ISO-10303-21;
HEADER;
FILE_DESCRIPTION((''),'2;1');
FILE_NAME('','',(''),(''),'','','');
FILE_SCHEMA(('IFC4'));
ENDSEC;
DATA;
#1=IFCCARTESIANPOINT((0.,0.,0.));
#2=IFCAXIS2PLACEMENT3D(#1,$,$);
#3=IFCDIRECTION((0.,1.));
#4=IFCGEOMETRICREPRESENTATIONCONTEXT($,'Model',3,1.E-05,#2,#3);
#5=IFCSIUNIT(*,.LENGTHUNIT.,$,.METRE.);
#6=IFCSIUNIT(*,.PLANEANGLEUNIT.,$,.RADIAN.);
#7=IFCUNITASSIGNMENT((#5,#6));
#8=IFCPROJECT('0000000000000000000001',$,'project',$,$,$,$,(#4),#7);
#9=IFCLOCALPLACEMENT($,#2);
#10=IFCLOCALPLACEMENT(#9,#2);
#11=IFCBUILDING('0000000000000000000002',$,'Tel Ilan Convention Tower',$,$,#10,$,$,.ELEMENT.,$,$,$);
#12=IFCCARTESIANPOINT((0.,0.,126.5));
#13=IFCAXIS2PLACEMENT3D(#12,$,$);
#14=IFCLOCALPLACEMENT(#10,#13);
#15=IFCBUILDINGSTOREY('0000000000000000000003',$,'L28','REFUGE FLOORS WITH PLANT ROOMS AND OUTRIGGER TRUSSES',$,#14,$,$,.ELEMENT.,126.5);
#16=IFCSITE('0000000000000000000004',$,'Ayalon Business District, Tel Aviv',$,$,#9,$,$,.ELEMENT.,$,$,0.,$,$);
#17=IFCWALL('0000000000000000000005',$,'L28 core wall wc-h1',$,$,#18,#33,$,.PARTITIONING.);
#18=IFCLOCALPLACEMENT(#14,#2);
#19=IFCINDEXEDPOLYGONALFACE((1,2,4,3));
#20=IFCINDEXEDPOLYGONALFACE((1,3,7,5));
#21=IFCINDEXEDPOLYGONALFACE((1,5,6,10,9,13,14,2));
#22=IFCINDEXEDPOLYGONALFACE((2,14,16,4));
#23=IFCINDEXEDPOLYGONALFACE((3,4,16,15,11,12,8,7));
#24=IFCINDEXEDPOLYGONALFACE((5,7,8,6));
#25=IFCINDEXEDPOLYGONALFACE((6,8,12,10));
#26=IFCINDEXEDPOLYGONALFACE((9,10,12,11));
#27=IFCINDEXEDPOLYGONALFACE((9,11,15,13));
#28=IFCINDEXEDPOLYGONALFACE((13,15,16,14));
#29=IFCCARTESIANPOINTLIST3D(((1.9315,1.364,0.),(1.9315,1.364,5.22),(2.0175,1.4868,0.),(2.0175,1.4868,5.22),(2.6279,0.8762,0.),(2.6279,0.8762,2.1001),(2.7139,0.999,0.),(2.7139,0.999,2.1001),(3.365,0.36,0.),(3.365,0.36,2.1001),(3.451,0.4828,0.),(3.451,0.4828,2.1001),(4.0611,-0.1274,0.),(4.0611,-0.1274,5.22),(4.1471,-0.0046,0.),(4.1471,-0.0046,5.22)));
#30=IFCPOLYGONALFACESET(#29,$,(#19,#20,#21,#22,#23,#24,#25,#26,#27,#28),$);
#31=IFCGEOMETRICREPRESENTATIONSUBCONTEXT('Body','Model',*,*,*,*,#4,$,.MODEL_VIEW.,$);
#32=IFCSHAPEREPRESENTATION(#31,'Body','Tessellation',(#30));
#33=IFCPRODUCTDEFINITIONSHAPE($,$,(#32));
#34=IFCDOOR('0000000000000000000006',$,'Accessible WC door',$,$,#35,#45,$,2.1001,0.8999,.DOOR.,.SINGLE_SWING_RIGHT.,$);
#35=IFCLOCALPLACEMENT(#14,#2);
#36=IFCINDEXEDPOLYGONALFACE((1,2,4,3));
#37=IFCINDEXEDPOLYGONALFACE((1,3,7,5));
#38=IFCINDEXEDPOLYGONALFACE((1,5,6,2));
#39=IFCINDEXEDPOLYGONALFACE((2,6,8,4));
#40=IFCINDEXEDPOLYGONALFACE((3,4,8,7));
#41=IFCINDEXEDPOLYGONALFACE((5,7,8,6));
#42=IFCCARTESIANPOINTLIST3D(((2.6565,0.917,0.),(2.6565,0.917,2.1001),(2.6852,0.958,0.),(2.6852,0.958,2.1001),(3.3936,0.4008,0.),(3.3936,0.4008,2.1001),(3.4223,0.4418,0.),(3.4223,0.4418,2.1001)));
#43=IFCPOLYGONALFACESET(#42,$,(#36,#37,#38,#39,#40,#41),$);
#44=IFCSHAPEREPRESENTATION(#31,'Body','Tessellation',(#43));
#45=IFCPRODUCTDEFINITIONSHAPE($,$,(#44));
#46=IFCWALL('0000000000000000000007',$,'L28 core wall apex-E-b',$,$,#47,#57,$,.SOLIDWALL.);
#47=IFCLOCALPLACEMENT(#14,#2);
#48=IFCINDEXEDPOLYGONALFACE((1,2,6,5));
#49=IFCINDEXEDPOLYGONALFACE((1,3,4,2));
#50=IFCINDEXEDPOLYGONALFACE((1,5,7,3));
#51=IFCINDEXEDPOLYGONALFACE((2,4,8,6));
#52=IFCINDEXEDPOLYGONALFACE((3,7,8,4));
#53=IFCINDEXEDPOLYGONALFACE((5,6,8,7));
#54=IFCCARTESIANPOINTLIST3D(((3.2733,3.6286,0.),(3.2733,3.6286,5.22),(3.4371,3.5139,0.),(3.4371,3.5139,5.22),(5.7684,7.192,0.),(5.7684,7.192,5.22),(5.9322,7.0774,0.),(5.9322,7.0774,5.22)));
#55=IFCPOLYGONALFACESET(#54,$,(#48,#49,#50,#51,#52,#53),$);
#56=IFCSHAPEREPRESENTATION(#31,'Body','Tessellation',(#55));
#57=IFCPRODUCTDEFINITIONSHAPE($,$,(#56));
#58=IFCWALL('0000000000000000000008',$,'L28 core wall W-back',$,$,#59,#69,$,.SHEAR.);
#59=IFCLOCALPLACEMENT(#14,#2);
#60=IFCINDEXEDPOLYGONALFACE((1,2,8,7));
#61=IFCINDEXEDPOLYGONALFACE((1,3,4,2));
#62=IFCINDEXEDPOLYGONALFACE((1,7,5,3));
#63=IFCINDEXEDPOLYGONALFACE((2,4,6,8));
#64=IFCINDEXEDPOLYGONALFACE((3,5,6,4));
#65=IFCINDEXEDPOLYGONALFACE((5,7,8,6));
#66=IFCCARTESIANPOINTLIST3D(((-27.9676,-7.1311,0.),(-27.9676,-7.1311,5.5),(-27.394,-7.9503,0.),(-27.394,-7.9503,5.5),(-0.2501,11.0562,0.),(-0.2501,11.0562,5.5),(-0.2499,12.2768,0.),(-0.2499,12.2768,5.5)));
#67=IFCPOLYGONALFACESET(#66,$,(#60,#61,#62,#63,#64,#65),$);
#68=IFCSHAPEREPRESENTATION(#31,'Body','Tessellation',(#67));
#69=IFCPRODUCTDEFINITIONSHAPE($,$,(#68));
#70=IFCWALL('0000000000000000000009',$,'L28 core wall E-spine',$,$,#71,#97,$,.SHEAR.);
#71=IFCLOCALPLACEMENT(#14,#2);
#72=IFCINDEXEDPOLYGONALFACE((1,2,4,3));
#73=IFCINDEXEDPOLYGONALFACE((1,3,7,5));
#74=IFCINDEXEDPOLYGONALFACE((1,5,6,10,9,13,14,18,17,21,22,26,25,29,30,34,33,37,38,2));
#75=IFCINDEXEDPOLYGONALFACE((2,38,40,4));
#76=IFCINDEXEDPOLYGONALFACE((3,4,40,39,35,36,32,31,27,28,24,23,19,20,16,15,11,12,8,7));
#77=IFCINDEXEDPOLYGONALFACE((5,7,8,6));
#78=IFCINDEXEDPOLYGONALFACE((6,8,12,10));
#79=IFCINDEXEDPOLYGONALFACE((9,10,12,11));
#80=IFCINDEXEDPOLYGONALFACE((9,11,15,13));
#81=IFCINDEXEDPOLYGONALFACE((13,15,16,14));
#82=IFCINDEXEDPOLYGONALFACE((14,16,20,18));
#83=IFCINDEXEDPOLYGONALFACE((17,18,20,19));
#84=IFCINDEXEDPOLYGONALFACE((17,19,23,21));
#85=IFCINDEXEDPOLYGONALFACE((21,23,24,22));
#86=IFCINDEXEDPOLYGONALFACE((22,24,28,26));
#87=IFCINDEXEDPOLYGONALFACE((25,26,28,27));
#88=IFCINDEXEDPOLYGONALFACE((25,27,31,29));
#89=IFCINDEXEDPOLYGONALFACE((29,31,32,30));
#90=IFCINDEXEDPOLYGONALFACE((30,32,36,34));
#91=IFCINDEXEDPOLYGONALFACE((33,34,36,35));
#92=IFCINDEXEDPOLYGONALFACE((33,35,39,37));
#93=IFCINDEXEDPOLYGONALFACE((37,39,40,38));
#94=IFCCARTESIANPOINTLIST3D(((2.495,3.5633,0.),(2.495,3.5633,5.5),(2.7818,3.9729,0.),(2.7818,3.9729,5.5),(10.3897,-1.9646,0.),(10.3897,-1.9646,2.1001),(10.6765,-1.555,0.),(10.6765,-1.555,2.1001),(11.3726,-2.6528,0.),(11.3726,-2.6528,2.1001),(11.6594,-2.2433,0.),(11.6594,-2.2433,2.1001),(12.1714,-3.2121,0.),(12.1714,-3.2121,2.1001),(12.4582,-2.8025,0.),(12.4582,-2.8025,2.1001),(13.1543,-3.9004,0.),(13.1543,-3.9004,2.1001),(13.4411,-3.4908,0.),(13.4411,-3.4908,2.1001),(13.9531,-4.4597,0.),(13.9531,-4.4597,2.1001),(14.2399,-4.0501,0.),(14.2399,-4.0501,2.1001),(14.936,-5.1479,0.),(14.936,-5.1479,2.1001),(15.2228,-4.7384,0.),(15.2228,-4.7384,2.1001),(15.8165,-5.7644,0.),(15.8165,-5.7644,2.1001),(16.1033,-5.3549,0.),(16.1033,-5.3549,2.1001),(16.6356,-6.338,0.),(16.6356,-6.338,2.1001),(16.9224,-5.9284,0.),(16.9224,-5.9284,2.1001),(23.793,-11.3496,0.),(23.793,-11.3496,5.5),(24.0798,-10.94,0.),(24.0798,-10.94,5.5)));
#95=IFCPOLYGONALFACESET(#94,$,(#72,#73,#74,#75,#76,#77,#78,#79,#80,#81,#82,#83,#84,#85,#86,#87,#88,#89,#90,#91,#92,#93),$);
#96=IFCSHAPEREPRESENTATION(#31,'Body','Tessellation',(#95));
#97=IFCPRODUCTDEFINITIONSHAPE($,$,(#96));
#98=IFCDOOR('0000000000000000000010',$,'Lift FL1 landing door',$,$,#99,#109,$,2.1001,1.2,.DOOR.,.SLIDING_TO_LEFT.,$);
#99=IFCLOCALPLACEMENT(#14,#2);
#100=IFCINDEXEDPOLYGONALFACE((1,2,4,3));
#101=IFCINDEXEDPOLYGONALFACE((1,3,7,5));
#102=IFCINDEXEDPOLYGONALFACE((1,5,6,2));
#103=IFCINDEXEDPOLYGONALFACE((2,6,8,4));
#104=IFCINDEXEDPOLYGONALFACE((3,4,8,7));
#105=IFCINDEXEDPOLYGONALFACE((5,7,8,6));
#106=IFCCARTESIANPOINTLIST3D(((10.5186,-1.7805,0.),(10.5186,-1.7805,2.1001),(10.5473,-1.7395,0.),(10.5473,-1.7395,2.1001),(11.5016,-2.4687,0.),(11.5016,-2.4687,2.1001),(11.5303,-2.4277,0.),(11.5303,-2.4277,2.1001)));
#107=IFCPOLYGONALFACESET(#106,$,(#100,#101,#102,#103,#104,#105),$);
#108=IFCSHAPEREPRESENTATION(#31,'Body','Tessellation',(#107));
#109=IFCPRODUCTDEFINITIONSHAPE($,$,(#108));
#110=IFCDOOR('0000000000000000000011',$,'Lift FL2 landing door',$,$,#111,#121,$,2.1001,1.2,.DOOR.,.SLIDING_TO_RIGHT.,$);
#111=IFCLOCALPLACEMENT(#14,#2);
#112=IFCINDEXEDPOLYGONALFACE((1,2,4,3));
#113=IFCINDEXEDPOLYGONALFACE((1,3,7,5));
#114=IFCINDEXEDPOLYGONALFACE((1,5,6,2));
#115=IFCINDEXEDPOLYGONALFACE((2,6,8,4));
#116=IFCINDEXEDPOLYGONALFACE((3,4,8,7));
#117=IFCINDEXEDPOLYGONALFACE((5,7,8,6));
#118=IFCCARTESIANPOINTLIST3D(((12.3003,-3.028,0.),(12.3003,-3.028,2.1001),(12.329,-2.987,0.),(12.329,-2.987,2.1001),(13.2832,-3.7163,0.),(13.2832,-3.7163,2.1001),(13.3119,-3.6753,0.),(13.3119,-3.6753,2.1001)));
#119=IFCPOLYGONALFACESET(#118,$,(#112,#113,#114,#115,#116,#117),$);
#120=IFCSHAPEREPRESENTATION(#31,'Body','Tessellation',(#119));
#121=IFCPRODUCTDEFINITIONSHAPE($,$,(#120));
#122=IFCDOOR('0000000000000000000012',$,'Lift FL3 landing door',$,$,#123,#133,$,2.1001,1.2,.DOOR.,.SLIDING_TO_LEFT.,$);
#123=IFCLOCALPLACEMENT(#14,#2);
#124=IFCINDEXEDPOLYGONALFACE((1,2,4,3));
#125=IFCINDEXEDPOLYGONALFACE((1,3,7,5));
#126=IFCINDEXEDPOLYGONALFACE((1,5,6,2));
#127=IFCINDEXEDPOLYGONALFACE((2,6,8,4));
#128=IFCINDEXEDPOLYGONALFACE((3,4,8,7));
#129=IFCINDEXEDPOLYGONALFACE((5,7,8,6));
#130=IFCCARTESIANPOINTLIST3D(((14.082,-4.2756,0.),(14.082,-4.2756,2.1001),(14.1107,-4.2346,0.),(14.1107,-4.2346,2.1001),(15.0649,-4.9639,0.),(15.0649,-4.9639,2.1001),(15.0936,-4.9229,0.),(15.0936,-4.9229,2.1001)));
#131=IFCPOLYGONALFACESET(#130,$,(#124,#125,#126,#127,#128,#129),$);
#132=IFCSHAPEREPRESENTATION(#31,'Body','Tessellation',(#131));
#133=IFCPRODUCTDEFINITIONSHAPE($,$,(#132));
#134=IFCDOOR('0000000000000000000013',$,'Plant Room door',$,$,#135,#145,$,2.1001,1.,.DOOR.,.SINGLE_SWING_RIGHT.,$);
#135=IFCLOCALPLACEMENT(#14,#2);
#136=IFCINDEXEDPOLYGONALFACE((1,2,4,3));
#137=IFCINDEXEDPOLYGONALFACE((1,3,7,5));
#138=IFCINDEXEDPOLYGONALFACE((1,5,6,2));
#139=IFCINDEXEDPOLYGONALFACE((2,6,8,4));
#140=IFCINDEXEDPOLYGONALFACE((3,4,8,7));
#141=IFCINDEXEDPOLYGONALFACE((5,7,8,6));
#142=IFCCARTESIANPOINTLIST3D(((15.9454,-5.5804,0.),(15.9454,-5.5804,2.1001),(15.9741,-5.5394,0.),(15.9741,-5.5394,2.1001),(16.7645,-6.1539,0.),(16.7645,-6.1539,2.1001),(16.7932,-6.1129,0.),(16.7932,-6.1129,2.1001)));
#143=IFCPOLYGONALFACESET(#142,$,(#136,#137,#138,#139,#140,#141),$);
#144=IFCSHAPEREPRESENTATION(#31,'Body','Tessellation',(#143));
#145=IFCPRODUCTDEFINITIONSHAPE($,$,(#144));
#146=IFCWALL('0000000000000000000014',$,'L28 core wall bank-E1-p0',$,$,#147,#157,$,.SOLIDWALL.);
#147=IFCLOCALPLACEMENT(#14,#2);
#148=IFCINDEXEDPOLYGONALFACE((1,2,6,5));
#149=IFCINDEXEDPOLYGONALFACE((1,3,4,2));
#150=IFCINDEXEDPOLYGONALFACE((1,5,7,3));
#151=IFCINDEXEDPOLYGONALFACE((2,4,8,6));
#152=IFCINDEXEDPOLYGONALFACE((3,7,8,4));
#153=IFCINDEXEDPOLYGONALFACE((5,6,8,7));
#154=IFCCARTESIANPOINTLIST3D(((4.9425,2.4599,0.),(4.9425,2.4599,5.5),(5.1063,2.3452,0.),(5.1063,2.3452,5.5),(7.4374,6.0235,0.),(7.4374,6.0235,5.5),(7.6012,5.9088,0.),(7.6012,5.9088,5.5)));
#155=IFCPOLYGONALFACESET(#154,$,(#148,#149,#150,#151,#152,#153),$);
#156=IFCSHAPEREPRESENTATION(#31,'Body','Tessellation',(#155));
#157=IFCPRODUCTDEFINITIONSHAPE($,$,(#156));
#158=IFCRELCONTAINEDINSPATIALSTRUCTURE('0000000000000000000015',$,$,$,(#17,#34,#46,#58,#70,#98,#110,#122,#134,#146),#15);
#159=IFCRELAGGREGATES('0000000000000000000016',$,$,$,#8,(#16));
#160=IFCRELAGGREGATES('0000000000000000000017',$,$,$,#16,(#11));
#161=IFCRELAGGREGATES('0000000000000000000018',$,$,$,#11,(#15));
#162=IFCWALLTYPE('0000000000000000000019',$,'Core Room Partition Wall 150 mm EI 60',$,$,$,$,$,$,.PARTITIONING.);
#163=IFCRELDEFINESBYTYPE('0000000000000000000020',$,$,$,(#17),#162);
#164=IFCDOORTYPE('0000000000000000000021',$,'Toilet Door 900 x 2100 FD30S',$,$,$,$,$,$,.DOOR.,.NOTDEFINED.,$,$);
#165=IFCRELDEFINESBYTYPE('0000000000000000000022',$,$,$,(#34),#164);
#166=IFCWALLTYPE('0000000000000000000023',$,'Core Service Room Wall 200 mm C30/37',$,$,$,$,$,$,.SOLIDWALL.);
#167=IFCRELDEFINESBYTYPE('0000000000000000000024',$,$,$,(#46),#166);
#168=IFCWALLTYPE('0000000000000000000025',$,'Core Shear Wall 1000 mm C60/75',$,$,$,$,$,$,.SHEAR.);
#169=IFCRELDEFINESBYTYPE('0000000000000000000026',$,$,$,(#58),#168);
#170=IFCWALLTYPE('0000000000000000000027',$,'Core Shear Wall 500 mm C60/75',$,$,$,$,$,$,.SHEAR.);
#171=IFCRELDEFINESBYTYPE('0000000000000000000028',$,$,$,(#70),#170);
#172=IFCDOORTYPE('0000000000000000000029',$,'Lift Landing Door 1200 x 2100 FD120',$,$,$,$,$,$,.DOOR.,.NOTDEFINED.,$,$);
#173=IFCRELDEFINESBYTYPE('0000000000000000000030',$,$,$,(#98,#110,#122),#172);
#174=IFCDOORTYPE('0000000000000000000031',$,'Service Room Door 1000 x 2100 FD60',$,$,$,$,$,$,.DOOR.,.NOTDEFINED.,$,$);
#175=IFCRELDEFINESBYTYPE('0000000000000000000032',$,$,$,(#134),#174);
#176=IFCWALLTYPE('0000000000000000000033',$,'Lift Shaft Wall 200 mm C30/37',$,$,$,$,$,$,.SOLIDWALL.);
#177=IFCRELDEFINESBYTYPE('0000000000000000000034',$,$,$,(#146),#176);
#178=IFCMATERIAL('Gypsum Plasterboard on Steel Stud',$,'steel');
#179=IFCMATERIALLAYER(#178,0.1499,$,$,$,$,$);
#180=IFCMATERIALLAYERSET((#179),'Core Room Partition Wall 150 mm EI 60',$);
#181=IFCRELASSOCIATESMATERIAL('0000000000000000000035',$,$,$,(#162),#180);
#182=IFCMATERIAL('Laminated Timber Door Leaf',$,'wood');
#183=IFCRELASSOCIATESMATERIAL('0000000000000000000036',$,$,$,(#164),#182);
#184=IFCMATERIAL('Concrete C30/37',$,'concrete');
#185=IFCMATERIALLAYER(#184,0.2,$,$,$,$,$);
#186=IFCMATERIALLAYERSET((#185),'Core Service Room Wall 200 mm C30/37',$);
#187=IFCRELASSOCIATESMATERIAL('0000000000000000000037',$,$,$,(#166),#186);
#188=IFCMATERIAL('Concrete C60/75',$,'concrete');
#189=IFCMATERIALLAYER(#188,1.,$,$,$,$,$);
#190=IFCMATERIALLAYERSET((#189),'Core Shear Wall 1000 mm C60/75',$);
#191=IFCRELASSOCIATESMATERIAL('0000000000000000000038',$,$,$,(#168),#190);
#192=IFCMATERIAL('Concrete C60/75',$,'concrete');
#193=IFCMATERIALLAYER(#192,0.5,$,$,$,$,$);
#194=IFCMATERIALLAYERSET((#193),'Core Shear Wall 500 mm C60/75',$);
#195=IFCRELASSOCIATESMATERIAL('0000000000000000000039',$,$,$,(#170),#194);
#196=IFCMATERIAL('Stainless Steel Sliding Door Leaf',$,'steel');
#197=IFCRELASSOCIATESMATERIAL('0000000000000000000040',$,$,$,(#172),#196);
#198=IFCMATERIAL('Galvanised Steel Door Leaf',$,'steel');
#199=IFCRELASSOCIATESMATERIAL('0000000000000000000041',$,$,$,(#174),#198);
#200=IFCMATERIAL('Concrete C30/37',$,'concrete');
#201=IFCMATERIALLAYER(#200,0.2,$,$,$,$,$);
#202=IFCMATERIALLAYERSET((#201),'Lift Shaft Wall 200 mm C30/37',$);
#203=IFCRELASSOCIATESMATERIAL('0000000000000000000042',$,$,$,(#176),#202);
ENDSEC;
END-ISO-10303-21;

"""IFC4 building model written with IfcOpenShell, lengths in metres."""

from ifc_helpers import new_model, si_unit, direction, frame, frame_2d, origin, place, context, subcontext, project, spatial, polyline, rectangle, outline, extrude, material, layer, layer_set, type_object, element, fill, save


model = new_model("IFC4")

# Units and contexts
model_context = context("Model", 3, precision=1e-05, world=origin(), true_north=direction((0.0, 1.0)))
body_context = subcontext(model_context, "Body", "Model", "MODEL_VIEW")
ifc_project = project(units=[si_unit("LENGTHUNIT", "METRE"), si_unit("PLANEANGLEUNIT", "RADIAN")], contexts=[model_context])

# Site, building, storey
site_placement = place(None, origin())
site = spatial("IfcSite", under=ifc_project, at=site_placement, Name="Ayalon Business District, Tel Aviv", CompositionType="ELEMENT", RefElevation=0.0)
building_placement = place(site_placement, origin())
building = spatial("IfcBuilding", under=site, at=building_placement, Name="Tel Ilan Convention Tower", CompositionType="ELEMENT")
storey_placement = place(building_placement, frame((0.0, 0.0, 126.5)))
storey = spatial("IfcBuildingStorey", under=building, at=storey_placement, Name="L28", Description="REFUGE FLOORS WITH PLANT ROOMS AND OUTRIGGER TRUSSES", CompositionType="ELEMENT", Elevation=126.5)

# Wall, opening, door
ifc_material_1 = material(Name="Gypsum Plasterboard on Steel Stud", Category="steel")
ifc_layer_1 = layer(ifc_material_1, 0.1499)
ifc_layer_set_1 = layer_set([ifc_layer_1], Name="Core Room Partition Wall 150 mm EI 60")
wall_type_1 = type_object("IfcWallType", Name="Core Room Partition Wall 150 mm EI 60", PredefinedType="PARTITIONING", material=ifc_layer_set_1)
wall_1_placement = place(storey_placement, frame((1.9746, 1.4253, 0.0), z_axis=(0.0, 0.0, 1.0), x_axis=(0.819104, -0.573645, 0.0)))
wall_1 = element("IfcWall", 1, at=wall_1_placement, inside=storey, type_object=wall_type_1, Name="L28 core wall wc-h1", PredefinedType="PARTITIONING", context=body_context, shape_type="SweptSolid", body=[
    extrude(rectangle(XDim=2.5999, YDim=0.1499, at=frame_2d((1.2998, 0.0))), origin(), (0.0, 0.0, 1.0), 5.22),
])
opening_1_placement = place(wall_1_placement, frame((0.8501, 0.0, 0.0)))
opening_1 = element("IfcOpeningElement", 2, at=opening_1_placement, cuts=wall_1, PredefinedType="OPENING", context=body_context, shape_type="SweptSolid", body=[
    extrude(rectangle(XDim=0.8999, YDim=2.1001, at=frame_2d((0.45, 1.05))), frame((0.0, 0.085, 0.0), z_axis=(0.0, -1.0, 0.0), x_axis=(1.0, 0.0, 0.0)), (0.0, 0.0, 1.0), 0.1699),
])
ifc_material_2 = material(Name="Laminated Timber Door Leaf", Category="wood")
door_type_1 = type_object("IfcDoorType", Name="Toilet Door 900 x 2100 FD30S", OperationType="NOTDEFINED", PredefinedType="DOOR", material=ifc_material_2)
door_1_placement = place(opening_1_placement, origin())
door_1 = element("IfcDoor", 3, at=door_1_placement, inside=storey, type_object=door_type_1, Name="Accessible WC door", OperationType="SINGLE_SWING_RIGHT", OverallHeight=2.1001, OverallWidth=0.8999, PredefinedType="DOOR", context=body_context, shape_type="SweptSolid", body=[
    extrude(rectangle(XDim=0.8999, YDim=2.1001, at=frame_2d((0.45, 1.05))), frame((0.0, 0.0249, 0.0), z_axis=(0.0, -1.0, 0.0), x_axis=(1.0, 0.0, 0.0)), (0.0, 0.0, 1.0), 0.05),
])
fill(opening_1, door_1)

# Walls
ifc_material_3 = material(Name="Concrete C30/37", Category="concrete")
ifc_layer_2 = layer(ifc_material_3, 0.2)
ifc_layer_set_2 = layer_set([ifc_layer_2], Name="Core Service Room Wall 200 mm C30/37")
wall_type_2 = type_object("IfcWallType", Name="Core Service Room Wall 200 mm C30/37", PredefinedType="SOLIDWALL", material=ifc_layer_set_2)
wall_2_placement = place(storey_placement, frame((3.3552, 3.5713, 0.0), z_axis=(0.0, 0.0, 1.0), x_axis=(0.573568, 0.819158, 0.0)))
element("IfcWall", 4, at=wall_2_placement, inside=storey, type_object=wall_type_2, Name="L28 core wall apex-E-b", PredefinedType="SOLIDWALL", context=body_context, shape_type="SweptSolid", body=[
    extrude(rectangle(XDim=4.3501, YDim=0.2, at=frame_2d((2.175, 0.0))), origin(), (0.0, 0.0, 1.0), 5.22),
])
ifc_material_4 = material(Name="Concrete C60/75", Category="concrete")
ifc_layer_3 = layer(ifc_material_4, 1.0)
ifc_layer_set_3 = layer_set([ifc_layer_3], Name="Core Shear Wall 1000 mm C60/75")
wall_type_3 = type_object("IfcWallType", Name="Core Shear Wall 1000 mm C60/75", PredefinedType="SHEAR", material=ifc_layer_set_3)
wall_3_placement = place(storey_placement, frame((0.0369, 11.8672, 0.0), z_axis=(0.0, 0.0, 1.0), x_axis=(-0.819155, -0.573572, 0.0)))
element("IfcWall", 5, at=wall_3_placement, inside=storey, type_object=wall_type_3, Name="L28 core wall W-back", PredefinedType="SHEAR", context=body_context, shape_type="SweptSolid", body=[
    extrude(outline(polyline([(33.8369, 0.5), (0.7002, 0.4998), (0.0, -0.5), (33.8369, -0.5), (33.8369, 0.5)])), origin(), (0.0, 0.0, 1.0), 5.5),
])

# Wall, openings, doors
ifc_material_5 = material(Name="Concrete C60/75", Category="concrete")
ifc_layer_4 = layer(ifc_material_5, 0.5)
ifc_layer_set_4 = layer_set([ifc_layer_4], Name="Core Shear Wall 500 mm C60/75")
wall_type_4 = type_object("IfcWallType", Name="Core Shear Wall 500 mm C60/75", PredefinedType="SHEAR", material=ifc_layer_set_4)
wall_4_placement = place(storey_placement, frame((2.6384, 3.7681, 0.0), z_axis=(0.0, 0.0, 1.0), x_axis=(0.819149, -0.573581, 0.0)))
wall_4 = element("IfcWall", 6, at=wall_4_placement, inside=storey, type_object=wall_type_4, Name="L28 core wall E-spine", PredefinedType="SHEAR", context=body_context, shape_type="SweptSolid", body=[
    extrude(outline(polyline([(0.0, 0.25), (0.0, -0.25), (26.0, -0.2498), (26.0, 0.2502), (0.0, 0.25)])), origin(), (0.0, 0.0, 1.0), 5.5),
])
opening_2_placement = place(wall_4_placement, frame((9.6375, 0.0, 0.0)))
opening_2 = element("IfcOpeningElement", 7, at=opening_2_placement, cuts=wall_4, PredefinedType="OPENING", context=body_context, shape_type="SweptSolid", body=[
    extrude(rectangle(XDim=1.2, YDim=2.1001, at=frame_2d((0.6001, 1.05))), frame((0.0, 0.26, 0.0), z_axis=(0.0, -1.0, 0.0), x_axis=(1.0, 0.0, 0.0)), (0.0, 0.0, 1.0), 0.52),
])
opening_3_placement = place(wall_4_placement, frame((11.8125, 0.0, 0.0)))
opening_3 = element("IfcOpeningElement", 8, at=opening_3_placement, cuts=wall_4, PredefinedType="OPENING", context=body_context, shape_type="SweptSolid", body=[
    extrude(rectangle(XDim=1.2, YDim=2.1001, at=frame_2d((0.6001, 1.05))), frame((0.0, 0.26, 0.0), z_axis=(0.0, -1.0, 0.0), x_axis=(1.0, 0.0, 0.0)), (0.0, 0.0, 1.0), 0.52),
])
opening_4_placement = place(wall_4_placement, frame((13.9875, 0.0, 0.0)))
opening_4 = element("IfcOpeningElement", 9, at=opening_4_placement, cuts=wall_4, PredefinedType="OPENING", context=body_context, shape_type="SweptSolid", body=[
    extrude(rectangle(XDim=1.2, YDim=2.1001, at=frame_2d((0.6001, 1.05))), frame((0.0, 0.26, 0.0), z_axis=(0.0, -1.0, 0.0), x_axis=(1.0, 0.0, 0.0)), (0.0, 0.0, 1.0), 0.52),
])
opening_5_placement = place(wall_4_placement, frame((16.2625, 0.0, 0.0)))
opening_5 = element("IfcOpeningElement", 10, at=opening_5_placement, cuts=wall_4, PredefinedType="OPENING", context=body_context, shape_type="SweptSolid", body=[
    extrude(rectangle(XDim=1.0, YDim=2.1001, at=frame_2d((0.5, 1.05))), frame((0.0, 0.26, 0.0), z_axis=(0.0, -1.0, 0.0), x_axis=(1.0, 0.0, 0.0)), (0.0, 0.0, 1.0), 0.52),
])
ifc_material_6 = material(Name="Stainless Steel Sliding Door Leaf", Category="steel")
door_type_2 = type_object("IfcDoorType", Name="Lift Landing Door 1200 x 2100 FD120", OperationType="NOTDEFINED", PredefinedType="DOOR", material=ifc_material_6)
door_2_placement = place(opening_2_placement, origin())
door_2 = element("IfcDoor", 11, at=door_2_placement, inside=storey, type_object=door_type_2, Name="Lift FL1 landing door", OperationType="SLIDING_TO_LEFT", OverallHeight=2.1001, OverallWidth=1.2, PredefinedType="DOOR", context=body_context, shape_type="SweptSolid", body=[
    extrude(rectangle(XDim=1.2, YDim=2.1001, at=frame_2d((0.6001, 1.05))), frame((0.0, 0.0249, 0.0), z_axis=(0.0, -1.0, 0.0), x_axis=(1.0, 0.0, 0.0)), (0.0, 0.0, 1.0), 0.05),
])
fill(opening_2, door_2)
door_3_placement = place(opening_3_placement, origin())
door_3 = element("IfcDoor", 12, at=door_3_placement, inside=storey, type_object=door_type_2, Name="Lift FL2 landing door", OperationType="SLIDING_TO_RIGHT", OverallHeight=2.1001, OverallWidth=1.2, PredefinedType="DOOR", context=body_context, shape_type="SweptSolid", body=[
    extrude(rectangle(XDim=1.2, YDim=2.1001, at=frame_2d((0.6001, 1.05))), frame((0.0, 0.0249, 0.0), z_axis=(0.0, -1.0, 0.0), x_axis=(1.0, 0.0, 0.0)), (0.0, 0.0, 1.0), 0.05),
])
fill(opening_3, door_3)
door_4_placement = place(opening_4_placement, origin())
door_4 = element("IfcDoor", 13, at=door_4_placement, inside=storey, type_object=door_type_2, Name="Lift FL3 landing door", OperationType="SLIDING_TO_LEFT", OverallHeight=2.1001, OverallWidth=1.2, PredefinedType="DOOR", context=body_context, shape_type="SweptSolid", body=[
    extrude(rectangle(XDim=1.2, YDim=2.1001, at=frame_2d((0.6001, 1.05))), frame((0.0, 0.0249, 0.0), z_axis=(0.0, -1.0, 0.0), x_axis=(1.0, 0.0, 0.0)), (0.0, 0.0, 1.0), 0.05),
])
fill(opening_4, door_4)
ifc_material_7 = material(Name="Galvanised Steel Door Leaf", Category="steel")
door_type_3 = type_object("IfcDoorType", Name="Service Room Door 1000 x 2100 FD60", OperationType="NOTDEFINED", PredefinedType="DOOR", material=ifc_material_7)
door_5_placement = place(opening_5_placement, origin())
door_5 = element("IfcDoor", 14, at=door_5_placement, inside=storey, type_object=door_type_3, Name="Plant Room door", OperationType="SINGLE_SWING_RIGHT", OverallHeight=2.1001, OverallWidth=1.0, PredefinedType="DOOR", context=body_context, shape_type="SweptSolid", body=[
    extrude(rectangle(XDim=1.0, YDim=2.1001, at=frame_2d((0.5, 1.05))), frame((0.0, 0.0249, 0.0), z_axis=(0.0, -1.0, 0.0), x_axis=(1.0, 0.0, 0.0)), (0.0, 0.0, 1.0), 0.05),
])
fill(opening_5, door_5)

# Wall
ifc_material_8 = material(Name="Concrete C30/37", Category="concrete")
ifc_layer_5 = layer(ifc_material_8, 0.2)
ifc_layer_set_5 = layer_set([ifc_layer_5], Name="Lift Shaft Wall 200 mm C30/37")
wall_type_5 = type_object("IfcWallType", Name="Lift Shaft Wall 200 mm C30/37", PredefinedType="SOLIDWALL", material=ifc_layer_set_5)
wall_5_placement = place(storey_placement, frame((5.0244, 2.4026, 0.0), z_axis=(0.0, 0.0, 1.0), x_axis=(0.57353, 0.819184, 0.0)))
element("IfcWall", 15, at=wall_5_placement, inside=storey, type_object=wall_type_5, Name="L28 core wall bank-E1-p0", PredefinedType="SOLIDWALL", context=body_context, shape_type="SweptSolid", body=[
    extrude(rectangle(XDim=4.3501, YDim=0.2, at=frame_2d((2.175, 0.0))), origin(), (0.0, 0.0, 1.0), 5.5),
])

save(model, "model.ifc")
